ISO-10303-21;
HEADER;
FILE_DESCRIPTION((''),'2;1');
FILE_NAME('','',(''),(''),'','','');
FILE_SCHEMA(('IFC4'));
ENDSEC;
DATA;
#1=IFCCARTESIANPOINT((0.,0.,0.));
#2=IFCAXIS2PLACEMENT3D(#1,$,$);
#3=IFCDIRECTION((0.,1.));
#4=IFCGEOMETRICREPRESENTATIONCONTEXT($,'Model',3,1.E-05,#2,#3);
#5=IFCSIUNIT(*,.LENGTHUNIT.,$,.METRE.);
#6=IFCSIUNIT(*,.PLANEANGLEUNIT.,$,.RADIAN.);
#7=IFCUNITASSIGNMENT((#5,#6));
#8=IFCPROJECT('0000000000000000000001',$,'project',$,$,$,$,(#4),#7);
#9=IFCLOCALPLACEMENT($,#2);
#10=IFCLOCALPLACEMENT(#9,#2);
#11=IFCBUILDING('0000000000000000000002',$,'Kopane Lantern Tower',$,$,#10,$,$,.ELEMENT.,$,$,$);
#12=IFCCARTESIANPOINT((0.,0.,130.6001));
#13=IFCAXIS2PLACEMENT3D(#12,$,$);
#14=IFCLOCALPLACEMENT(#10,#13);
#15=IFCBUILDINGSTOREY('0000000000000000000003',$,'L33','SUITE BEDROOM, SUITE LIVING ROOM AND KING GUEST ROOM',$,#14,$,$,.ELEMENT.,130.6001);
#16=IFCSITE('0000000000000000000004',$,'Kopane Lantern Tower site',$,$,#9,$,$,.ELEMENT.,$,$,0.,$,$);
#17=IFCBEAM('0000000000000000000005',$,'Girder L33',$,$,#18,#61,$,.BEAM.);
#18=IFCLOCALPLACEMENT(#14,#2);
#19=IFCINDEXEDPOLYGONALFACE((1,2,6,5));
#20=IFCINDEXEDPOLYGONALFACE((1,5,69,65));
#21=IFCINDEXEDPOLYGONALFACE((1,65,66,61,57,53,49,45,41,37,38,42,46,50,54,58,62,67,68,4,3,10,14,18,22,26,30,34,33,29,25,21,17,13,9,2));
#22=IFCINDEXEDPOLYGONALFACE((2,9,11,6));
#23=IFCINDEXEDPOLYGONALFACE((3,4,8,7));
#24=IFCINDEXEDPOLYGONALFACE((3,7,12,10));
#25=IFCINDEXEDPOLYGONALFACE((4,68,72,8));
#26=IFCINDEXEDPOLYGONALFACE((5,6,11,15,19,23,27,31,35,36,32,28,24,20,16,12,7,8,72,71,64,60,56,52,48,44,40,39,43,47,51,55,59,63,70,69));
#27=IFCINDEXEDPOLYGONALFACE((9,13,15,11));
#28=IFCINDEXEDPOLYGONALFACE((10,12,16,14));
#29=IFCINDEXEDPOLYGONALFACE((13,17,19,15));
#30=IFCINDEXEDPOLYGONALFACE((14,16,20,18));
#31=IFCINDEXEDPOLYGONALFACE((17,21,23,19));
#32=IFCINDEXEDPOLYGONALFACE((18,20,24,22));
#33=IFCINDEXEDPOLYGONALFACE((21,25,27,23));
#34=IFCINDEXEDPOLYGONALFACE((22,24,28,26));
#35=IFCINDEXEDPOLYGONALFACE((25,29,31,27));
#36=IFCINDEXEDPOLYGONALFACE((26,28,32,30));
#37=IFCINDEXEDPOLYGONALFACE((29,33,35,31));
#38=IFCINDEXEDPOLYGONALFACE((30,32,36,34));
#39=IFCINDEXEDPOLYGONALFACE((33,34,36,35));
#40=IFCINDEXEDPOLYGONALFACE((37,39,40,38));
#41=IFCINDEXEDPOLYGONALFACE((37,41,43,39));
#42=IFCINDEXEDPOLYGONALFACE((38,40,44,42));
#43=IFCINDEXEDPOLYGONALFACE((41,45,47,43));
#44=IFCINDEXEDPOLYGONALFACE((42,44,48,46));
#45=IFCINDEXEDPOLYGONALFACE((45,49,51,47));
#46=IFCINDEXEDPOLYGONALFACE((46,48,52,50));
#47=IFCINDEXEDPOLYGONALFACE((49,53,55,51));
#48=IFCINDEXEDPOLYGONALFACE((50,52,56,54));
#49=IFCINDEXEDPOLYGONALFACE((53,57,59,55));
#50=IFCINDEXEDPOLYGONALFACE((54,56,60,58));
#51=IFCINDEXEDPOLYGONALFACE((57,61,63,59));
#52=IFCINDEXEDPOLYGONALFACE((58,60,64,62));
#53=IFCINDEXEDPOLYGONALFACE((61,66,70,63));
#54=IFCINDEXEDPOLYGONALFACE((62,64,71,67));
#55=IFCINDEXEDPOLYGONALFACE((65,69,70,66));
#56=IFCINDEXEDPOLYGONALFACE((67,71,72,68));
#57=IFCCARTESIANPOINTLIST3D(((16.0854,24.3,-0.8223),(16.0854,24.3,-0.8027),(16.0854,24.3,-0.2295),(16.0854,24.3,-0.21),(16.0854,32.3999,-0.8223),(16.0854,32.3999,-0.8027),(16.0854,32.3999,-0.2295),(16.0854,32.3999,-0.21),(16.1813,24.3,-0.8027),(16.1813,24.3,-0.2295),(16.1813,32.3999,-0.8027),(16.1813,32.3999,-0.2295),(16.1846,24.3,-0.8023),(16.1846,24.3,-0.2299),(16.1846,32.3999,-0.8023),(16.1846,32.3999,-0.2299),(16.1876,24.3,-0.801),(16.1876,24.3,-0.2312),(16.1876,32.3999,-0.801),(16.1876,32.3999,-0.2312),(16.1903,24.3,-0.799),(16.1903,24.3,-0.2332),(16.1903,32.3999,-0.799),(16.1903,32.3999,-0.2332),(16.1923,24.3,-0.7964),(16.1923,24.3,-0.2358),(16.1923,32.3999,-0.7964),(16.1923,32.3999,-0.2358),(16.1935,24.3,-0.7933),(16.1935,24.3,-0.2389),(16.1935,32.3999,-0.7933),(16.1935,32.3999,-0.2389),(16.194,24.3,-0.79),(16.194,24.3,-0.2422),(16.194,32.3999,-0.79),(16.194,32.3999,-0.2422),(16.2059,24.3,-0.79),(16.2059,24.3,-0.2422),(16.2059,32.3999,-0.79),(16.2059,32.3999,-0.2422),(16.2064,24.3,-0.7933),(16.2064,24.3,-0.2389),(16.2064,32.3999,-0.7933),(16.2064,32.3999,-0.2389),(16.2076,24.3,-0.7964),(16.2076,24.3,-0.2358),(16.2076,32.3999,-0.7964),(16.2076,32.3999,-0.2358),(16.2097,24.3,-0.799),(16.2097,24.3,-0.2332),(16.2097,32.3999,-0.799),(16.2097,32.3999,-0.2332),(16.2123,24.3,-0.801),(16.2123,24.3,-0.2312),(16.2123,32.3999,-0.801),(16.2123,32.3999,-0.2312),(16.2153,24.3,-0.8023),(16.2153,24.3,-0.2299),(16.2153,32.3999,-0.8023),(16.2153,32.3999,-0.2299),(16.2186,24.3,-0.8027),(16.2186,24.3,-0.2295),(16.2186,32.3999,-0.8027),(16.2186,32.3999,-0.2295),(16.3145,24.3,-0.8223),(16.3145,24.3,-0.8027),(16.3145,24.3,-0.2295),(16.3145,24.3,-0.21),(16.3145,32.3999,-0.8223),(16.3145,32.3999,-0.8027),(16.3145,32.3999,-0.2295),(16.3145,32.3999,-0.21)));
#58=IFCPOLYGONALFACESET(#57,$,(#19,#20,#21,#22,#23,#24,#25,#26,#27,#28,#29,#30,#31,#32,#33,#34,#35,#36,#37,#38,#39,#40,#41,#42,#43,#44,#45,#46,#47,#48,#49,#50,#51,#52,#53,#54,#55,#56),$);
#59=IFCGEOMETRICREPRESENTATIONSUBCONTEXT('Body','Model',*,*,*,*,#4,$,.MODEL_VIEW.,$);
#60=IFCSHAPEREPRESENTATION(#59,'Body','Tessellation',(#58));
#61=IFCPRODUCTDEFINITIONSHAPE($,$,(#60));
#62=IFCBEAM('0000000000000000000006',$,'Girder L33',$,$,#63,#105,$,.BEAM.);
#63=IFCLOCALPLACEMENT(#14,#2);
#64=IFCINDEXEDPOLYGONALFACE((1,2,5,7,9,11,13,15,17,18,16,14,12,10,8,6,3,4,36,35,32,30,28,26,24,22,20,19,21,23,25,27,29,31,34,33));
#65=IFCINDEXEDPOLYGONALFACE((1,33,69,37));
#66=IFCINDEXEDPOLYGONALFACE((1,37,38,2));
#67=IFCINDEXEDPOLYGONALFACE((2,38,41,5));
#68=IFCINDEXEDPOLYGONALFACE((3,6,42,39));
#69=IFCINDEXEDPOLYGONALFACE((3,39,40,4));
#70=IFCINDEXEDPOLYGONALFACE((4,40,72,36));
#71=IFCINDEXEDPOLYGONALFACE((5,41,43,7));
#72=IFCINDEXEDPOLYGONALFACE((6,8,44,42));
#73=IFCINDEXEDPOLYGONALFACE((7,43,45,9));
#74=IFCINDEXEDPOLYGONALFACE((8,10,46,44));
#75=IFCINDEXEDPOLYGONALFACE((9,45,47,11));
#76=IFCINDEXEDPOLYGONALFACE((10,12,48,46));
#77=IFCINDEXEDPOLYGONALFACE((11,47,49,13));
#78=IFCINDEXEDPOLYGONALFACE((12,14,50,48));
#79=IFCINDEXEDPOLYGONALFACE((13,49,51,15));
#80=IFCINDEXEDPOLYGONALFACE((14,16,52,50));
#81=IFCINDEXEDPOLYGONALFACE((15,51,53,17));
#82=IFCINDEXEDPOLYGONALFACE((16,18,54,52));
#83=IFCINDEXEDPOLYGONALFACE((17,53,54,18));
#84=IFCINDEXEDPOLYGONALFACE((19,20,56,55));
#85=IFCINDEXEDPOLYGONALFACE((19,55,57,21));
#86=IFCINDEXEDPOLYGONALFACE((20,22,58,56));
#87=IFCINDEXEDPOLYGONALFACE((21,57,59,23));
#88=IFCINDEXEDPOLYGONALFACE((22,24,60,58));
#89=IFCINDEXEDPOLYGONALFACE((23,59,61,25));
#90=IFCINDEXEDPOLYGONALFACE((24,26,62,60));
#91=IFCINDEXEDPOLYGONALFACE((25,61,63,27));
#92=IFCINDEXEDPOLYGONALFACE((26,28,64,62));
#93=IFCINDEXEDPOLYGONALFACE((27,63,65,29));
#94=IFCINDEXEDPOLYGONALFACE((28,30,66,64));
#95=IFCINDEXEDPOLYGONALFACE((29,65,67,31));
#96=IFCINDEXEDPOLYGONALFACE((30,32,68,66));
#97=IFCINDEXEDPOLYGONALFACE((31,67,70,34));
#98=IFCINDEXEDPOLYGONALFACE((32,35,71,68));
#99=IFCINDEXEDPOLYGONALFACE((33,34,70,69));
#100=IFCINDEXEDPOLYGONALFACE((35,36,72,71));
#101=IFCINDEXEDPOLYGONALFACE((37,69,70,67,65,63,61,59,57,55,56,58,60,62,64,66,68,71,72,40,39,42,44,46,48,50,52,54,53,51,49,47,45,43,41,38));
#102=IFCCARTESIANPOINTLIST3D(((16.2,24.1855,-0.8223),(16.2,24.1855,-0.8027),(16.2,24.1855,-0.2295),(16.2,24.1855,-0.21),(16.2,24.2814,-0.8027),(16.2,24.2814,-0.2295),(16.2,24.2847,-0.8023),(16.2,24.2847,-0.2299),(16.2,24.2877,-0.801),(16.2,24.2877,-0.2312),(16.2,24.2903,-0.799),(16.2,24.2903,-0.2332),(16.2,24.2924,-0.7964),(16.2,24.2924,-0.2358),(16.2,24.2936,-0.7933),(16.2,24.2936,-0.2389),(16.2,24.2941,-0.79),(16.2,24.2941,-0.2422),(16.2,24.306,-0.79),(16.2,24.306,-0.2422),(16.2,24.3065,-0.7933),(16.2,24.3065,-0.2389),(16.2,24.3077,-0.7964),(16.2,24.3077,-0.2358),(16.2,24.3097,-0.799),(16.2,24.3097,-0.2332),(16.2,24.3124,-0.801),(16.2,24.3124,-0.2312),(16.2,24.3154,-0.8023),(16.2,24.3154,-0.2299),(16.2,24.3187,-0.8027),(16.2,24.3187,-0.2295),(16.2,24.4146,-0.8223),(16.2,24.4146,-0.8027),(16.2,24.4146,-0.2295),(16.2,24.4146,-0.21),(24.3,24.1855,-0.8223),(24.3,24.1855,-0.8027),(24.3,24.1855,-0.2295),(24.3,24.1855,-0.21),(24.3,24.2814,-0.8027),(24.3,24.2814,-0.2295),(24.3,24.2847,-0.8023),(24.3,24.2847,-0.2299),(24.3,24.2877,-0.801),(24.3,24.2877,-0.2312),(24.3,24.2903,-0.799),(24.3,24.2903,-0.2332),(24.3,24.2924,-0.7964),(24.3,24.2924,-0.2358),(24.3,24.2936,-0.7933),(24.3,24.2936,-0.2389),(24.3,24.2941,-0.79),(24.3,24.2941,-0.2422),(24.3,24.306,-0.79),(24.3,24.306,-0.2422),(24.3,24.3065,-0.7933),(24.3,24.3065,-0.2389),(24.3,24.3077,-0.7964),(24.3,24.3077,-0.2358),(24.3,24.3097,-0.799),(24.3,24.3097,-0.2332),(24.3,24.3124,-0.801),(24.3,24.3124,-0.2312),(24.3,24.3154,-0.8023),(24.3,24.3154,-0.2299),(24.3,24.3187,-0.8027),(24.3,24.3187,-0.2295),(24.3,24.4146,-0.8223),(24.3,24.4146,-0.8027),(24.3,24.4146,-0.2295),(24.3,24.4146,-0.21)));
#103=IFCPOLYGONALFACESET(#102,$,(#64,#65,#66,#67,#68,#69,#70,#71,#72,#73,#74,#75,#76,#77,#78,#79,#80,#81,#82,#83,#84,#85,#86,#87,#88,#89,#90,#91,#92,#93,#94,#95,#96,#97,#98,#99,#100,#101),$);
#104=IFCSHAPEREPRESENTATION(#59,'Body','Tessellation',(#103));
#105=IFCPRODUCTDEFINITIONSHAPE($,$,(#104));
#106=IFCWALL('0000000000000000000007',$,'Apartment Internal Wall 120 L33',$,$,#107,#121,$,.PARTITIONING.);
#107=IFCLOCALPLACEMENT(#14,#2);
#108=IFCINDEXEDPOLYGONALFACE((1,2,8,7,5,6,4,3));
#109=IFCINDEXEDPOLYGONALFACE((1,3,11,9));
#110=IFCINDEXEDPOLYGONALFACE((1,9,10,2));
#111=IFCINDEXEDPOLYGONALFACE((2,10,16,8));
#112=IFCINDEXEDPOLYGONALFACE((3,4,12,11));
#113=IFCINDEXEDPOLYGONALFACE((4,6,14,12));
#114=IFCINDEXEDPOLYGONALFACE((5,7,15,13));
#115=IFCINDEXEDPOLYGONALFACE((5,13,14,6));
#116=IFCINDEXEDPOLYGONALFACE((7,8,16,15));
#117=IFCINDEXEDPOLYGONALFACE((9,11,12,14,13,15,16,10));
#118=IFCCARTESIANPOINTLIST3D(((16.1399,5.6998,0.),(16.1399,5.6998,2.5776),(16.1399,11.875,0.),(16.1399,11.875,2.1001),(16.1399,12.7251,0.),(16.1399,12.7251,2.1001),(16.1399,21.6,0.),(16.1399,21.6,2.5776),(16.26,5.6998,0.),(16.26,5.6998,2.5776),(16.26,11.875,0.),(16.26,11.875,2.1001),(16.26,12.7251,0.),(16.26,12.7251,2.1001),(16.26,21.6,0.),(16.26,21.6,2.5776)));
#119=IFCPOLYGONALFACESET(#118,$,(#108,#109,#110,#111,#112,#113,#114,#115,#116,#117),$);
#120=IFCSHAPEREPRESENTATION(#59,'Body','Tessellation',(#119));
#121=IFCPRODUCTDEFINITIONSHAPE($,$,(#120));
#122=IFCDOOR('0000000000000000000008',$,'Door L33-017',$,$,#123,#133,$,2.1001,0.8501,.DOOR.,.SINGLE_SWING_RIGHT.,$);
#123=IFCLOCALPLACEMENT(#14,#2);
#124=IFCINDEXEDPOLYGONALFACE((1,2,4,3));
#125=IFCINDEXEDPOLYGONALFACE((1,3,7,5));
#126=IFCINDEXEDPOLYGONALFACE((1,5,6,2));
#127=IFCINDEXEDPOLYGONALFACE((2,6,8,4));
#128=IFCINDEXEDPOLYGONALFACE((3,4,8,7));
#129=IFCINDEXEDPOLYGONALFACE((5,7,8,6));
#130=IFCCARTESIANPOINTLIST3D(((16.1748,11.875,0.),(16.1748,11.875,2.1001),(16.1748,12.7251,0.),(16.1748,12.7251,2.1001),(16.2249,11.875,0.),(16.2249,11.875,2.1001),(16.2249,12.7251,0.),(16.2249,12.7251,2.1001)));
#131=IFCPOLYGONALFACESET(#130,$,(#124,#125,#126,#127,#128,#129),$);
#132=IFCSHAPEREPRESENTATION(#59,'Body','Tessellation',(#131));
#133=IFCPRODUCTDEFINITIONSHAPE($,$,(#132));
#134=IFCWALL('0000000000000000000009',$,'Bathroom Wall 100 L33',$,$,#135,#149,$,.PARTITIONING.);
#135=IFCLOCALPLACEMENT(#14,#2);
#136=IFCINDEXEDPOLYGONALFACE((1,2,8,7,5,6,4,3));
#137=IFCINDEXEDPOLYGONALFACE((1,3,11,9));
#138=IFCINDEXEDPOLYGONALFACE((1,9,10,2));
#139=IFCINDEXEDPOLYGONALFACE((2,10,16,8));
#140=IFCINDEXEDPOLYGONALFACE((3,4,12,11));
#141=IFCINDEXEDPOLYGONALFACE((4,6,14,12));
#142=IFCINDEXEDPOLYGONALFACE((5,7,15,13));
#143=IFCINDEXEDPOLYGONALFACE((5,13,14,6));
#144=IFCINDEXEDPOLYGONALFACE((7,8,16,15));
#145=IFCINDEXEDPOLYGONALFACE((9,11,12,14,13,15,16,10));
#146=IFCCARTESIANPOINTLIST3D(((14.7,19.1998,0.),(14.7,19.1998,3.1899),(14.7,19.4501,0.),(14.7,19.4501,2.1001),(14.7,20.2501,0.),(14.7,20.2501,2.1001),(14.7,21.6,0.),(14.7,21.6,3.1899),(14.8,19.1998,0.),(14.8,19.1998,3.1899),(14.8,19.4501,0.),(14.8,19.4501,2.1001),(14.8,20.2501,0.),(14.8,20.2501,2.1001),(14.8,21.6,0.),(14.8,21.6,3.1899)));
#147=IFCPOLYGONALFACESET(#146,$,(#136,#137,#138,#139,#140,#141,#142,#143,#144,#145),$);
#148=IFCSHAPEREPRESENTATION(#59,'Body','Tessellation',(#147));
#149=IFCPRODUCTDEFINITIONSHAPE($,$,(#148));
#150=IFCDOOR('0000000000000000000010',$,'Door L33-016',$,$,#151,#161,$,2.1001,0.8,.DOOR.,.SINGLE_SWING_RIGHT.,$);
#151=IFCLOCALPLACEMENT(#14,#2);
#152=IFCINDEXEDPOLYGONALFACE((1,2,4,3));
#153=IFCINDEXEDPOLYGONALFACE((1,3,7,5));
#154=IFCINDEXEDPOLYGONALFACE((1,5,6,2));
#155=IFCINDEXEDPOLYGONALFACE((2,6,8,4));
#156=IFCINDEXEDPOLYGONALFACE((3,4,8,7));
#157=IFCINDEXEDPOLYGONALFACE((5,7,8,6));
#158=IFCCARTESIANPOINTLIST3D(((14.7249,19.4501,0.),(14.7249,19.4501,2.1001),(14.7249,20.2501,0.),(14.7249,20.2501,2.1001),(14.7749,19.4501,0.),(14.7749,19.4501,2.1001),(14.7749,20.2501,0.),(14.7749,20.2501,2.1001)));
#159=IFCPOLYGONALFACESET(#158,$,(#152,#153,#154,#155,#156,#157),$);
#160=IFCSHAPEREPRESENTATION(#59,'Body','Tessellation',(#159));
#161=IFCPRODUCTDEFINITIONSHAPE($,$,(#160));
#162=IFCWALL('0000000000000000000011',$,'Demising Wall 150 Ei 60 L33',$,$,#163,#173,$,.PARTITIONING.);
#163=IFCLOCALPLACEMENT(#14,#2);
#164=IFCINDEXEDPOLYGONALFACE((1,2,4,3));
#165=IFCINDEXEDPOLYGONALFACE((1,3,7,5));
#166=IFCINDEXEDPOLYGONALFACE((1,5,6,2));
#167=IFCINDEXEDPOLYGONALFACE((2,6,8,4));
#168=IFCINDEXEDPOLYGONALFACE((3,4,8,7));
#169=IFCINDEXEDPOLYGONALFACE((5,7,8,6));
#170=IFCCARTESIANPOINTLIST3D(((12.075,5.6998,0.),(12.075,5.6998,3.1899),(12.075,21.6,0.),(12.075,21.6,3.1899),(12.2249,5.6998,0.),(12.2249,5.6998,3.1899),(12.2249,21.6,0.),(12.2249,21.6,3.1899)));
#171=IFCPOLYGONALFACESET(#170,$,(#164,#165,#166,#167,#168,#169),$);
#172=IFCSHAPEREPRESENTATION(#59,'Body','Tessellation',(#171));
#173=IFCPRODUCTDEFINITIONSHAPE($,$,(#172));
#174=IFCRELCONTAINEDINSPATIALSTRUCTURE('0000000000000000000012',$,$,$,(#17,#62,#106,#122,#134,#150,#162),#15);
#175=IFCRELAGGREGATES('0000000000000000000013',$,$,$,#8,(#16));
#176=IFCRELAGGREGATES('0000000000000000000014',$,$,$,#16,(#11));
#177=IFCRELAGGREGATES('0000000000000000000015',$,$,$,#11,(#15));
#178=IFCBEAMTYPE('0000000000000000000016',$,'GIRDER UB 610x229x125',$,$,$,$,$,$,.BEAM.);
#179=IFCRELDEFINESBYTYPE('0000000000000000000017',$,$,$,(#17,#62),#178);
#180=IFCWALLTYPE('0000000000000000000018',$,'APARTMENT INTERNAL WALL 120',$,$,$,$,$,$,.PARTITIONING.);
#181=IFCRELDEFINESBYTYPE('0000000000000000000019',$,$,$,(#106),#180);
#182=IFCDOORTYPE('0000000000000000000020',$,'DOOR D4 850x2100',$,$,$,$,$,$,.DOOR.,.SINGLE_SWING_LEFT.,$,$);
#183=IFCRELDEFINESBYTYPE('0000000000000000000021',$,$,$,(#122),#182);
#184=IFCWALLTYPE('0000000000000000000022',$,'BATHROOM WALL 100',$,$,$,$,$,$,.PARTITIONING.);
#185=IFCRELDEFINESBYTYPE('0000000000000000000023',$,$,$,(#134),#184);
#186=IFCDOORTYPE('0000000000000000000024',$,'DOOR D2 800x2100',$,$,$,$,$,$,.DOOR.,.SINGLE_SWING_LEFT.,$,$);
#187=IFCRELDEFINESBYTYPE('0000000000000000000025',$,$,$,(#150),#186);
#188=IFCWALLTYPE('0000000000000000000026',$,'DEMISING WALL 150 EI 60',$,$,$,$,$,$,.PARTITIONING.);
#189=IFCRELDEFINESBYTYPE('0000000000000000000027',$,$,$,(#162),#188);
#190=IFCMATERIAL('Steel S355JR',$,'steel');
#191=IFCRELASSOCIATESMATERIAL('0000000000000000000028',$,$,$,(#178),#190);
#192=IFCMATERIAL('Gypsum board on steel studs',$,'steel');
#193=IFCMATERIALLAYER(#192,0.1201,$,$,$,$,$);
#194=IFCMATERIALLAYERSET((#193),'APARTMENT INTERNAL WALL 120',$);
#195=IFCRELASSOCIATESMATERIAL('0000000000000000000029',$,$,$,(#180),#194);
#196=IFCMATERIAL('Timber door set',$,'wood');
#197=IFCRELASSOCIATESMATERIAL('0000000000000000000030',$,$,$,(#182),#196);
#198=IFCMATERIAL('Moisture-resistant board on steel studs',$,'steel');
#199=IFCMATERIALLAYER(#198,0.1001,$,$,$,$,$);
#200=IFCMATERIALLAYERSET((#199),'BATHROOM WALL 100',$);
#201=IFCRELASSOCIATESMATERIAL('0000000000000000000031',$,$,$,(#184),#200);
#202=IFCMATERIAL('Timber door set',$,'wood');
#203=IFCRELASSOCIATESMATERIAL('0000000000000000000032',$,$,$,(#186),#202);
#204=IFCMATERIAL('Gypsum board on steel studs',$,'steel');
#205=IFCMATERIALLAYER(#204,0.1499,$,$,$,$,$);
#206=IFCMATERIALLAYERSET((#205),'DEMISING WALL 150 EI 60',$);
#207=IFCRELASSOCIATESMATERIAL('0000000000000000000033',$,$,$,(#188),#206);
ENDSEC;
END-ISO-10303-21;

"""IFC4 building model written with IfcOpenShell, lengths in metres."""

from ifc_helpers import new_model, si_unit, direction, frame, frame_2d, origin, origin_2d, place, context, subcontext, project, spatial, rectangle, i_section, extrude, material, layer, layer_set, material_profile, profile_set, type_object, element, fill, save


model = new_model("IFC4")

# Units and contexts
model_context = context("Model", 3, precision=1e-05, world=origin(), true_north=direction((0.0, 1.0)))
body_context = subcontext(model_context, "Body", "Model", "MODEL_VIEW")
ifc_project = project(units=[si_unit("LENGTHUNIT", "METRE"), si_unit("PLANEANGLEUNIT", "RADIAN")], contexts=[model_context])

# Site, building, storey
site_placement = place(None, origin())
site = spatial("IfcSite", under=ifc_project, at=site_placement, Name="Kopane Lantern Tower site", CompositionType="ELEMENT", RefElevation=0.0)
building_placement = place(site_placement, origin())
building = spatial("IfcBuilding", under=site, at=building_placement, Name="Kopane Lantern Tower", CompositionType="ELEMENT")
storey_placement = place(building_placement, frame((0.0, 0.0, 130.6001)))
storey = spatial("IfcBuildingStorey", under=building, at=storey_placement, Name="L33", Description="SUITE BEDROOM, SUITE LIVING ROOM AND KING GUEST ROOM", CompositionType="ELEMENT", Elevation=130.6001)

# Beams
ifc_material_1 = material(Name="Steel S355JR", Category="steel")
ifc_material_profile_1 = material_profile(ifc_material_1, i_section(OverallWidth=0.229, OverallDepth=0.6123, WebThickness=0.012, FlangeThickness=0.0195, FilletRadius=0.0127, at=origin_2d()), Name="UB 610x229x125")
ifc_profile_set_1 = profile_set([ifc_material_profile_1], Name="Steel S355JR")
beam_type_1 = type_object("IfcBeamType", Name="GIRDER UB 610x229x125", PredefinedType="BEAM", material=ifc_profile_set_1)
beam_1_placement = place(storey_placement, frame((16.2, 24.3, -0.5161), z_axis=(0.0, 1.0, 0.0), x_axis=(-1.0, 0.0, 0.0)))
element("IfcBeam", 1, at=beam_1_placement, inside=storey, type_object=beam_type_1, Name="Girder L33", PredefinedType="BEAM", context=body_context, shape_type="SweptSolid", body=[
    extrude(i_section(OverallWidth=0.229, OverallDepth=0.6123, WebThickness=0.012, FlangeThickness=0.0195, FilletRadius=0.0127, at=origin_2d()), origin(), (0.0, 0.0, 1.0), 8.0999),
])
beam_2_placement = place(storey_placement, frame((16.2, 24.3, -0.5161), z_axis=(1.0, 0.0, 0.0), x_axis=(0.0, 1.0, 0.0)))
element("IfcBeam", 2, at=beam_2_placement, inside=storey, type_object=beam_type_1, Name="Girder L33", PredefinedType="BEAM", context=body_context, shape_type="SweptSolid", body=[
    extrude(i_section(OverallWidth=0.229, OverallDepth=0.6123, WebThickness=0.012, FlangeThickness=0.0195, FilletRadius=0.0127, at=origin_2d()), origin(), (0.0, 0.0, 1.0), 8.1001),
])

# Walls, openings, doors
ifc_material_2 = material(Name="Gypsum board on steel studs", Category="steel")
ifc_layer_1 = layer(ifc_material_2, 0.1201)
ifc_layer_set_1 = layer_set([ifc_layer_1], Name="APARTMENT INTERNAL WALL 120")
wall_type_1 = type_object("IfcWallType", Name="APARTMENT INTERNAL WALL 120", PredefinedType="PARTITIONING", material=ifc_layer_set_1)
wall_1_placement = place(storey_placement, frame((16.2, 21.6001, 0.0), z_axis=(0.0, 0.0, 1.0), x_axis=(0.0, -1.0, 0.0)))
wall_1 = element("IfcWall", 3, at=wall_1_placement, inside=storey, type_object=wall_type_1, Name="Apartment Internal Wall 120 L33", PredefinedType="PARTITIONING", context=body_context, shape_type="SweptSolid", body=[
    extrude(rectangle(XDim=15.9001, YDim=0.1201, at=frame_2d((7.9502, 0.0))), origin(), (0.0, 0.0, 1.0), 2.5776),
])
opening_1_placement = place(wall_1_placement, frame((8.875, 0.0, 0.0)))
opening_1 = element("IfcOpeningElement", 4, at=opening_1_placement, cuts=wall_1, PredefinedType="OPENING", context=body_context, shape_type="SweptSolid", body=[
    extrude(rectangle(XDim=0.8501, YDim=2.1001, at=frame_2d((0.425, 1.05))), frame((0.0, 0.0701, 0.0), z_axis=(0.0, -1.0, 0.0), x_axis=(1.0, 0.0, 0.0)), (0.0, 0.0, 1.0), 0.1401),
])
ifc_material_3 = material(Name="Timber door set", Category="wood")
door_type_1 = type_object("IfcDoorType", Name="DOOR D4 850x2100", OperationType="SINGLE_SWING_LEFT", PredefinedType="DOOR", material=ifc_material_3)
door_1_placement = place(opening_1_placement, origin())
door_1 = element("IfcDoor", 5, at=door_1_placement, inside=storey, type_object=door_type_1, Name="Door L33-017", OperationType="SINGLE_SWING_RIGHT", OverallHeight=2.1001, OverallWidth=0.8501, PredefinedType="DOOR", context=body_context, shape_type="SweptSolid", body=[
    extrude(rectangle(XDim=0.8501, YDim=2.1001, at=frame_2d((0.425, 1.05))), frame((0.0, 0.0249, 0.0), z_axis=(0.0, -1.0, 0.0), x_axis=(1.0, 0.0, 0.0)), (0.0, 0.0, 1.0), 0.05),
])
fill(opening_1, door_1)
ifc_material_4 = material(Name="Moisture-resistant board on steel studs", Category="steel")
ifc_layer_2 = layer(ifc_material_4, 0.1001)
ifc_layer_set_2 = layer_set([ifc_layer_2], Name="BATHROOM WALL 100")
wall_type_2 = type_object("IfcWallType", Name="BATHROOM WALL 100", PredefinedType="PARTITIONING", material=ifc_layer_set_2)
wall_2_placement = place(storey_placement, frame((14.75, 21.6001, 0.0), z_axis=(0.0, 0.0, 1.0), x_axis=(0.0, -1.0, 0.0)))
wall_2 = element("IfcWall", 6, at=wall_2_placement, inside=storey, type_object=wall_type_2, Name="Bathroom Wall 100 L33", PredefinedType="PARTITIONING", context=body_context, shape_type="SweptSolid", body=[
    extrude(rectangle(XDim=2.4001, YDim=0.1001, at=frame_2d((1.2002, 0.0))), origin(), (0.0, 0.0, 1.0), 3.1899),
])
opening_2_placement = place(wall_2_placement, frame((1.3501, 0.0, 0.0)))
opening_2 = element("IfcOpeningElement", 7, at=opening_2_placement, cuts=wall_2, PredefinedType="OPENING", context=body_context, shape_type="SweptSolid", body=[
    extrude(rectangle(XDim=0.8, YDim=2.1001, at=frame_2d((0.3999, 1.05))), frame((0.0, 0.0601, 0.0), z_axis=(0.0, -1.0, 0.0), x_axis=(1.0, 0.0, 0.0)), (0.0, 0.0, 1.0), 0.1201),
])
ifc_material_5 = material(Name="Timber door set", Category="wood")
door_type_2 = type_object("IfcDoorType", Name="DOOR D2 800x2100", OperationType="SINGLE_SWING_LEFT", PredefinedType="DOOR", material=ifc_material_5)
door_2_placement = place(opening_2_placement, origin())
door_2 = element("IfcDoor", 8, at=door_2_placement, inside=storey, type_object=door_type_2, Name="Door L33-016", OperationType="SINGLE_SWING_RIGHT", OverallHeight=2.1001, OverallWidth=0.8, PredefinedType="DOOR", context=body_context, shape_type="SweptSolid", body=[
    extrude(rectangle(XDim=0.8, YDim=2.1001, at=frame_2d((0.3999, 1.05))), frame((0.0, 0.0249, 0.0), z_axis=(0.0, -1.0, 0.0), x_axis=(1.0, 0.0, 0.0)), (0.0, 0.0, 1.0), 0.05),
])
fill(opening_2, door_2)

# Wall
ifc_material_6 = material(Name="Gypsum board on steel studs", Category="steel")
ifc_layer_3 = layer(ifc_material_6, 0.1499)
ifc_layer_set_3 = layer_set([ifc_layer_3], Name="DEMISING WALL 150 EI 60")
wall_type_3 = type_object("IfcWallType", Name="DEMISING WALL 150 EI 60", PredefinedType="PARTITIONING", material=ifc_layer_set_3)
wall_3_placement = place(storey_placement, frame((12.1499, 21.6001, 0.0), z_axis=(0.0, 0.0, 1.0), x_axis=(0.0, -1.0, 0.0)))
element("IfcWall", 9, at=wall_3_placement, inside=storey, type_object=wall_type_3, Name="Demising Wall 150 Ei 60 L33", PredefinedType="PARTITIONING", context=body_context, shape_type="SweptSolid", body=[
    extrude(rectangle(XDim=15.9001, YDim=0.1499, at=frame_2d((7.9502, 0.0))), origin(), (0.0, 0.0, 1.0), 3.1899),
])

save(model, "model.ifc")
